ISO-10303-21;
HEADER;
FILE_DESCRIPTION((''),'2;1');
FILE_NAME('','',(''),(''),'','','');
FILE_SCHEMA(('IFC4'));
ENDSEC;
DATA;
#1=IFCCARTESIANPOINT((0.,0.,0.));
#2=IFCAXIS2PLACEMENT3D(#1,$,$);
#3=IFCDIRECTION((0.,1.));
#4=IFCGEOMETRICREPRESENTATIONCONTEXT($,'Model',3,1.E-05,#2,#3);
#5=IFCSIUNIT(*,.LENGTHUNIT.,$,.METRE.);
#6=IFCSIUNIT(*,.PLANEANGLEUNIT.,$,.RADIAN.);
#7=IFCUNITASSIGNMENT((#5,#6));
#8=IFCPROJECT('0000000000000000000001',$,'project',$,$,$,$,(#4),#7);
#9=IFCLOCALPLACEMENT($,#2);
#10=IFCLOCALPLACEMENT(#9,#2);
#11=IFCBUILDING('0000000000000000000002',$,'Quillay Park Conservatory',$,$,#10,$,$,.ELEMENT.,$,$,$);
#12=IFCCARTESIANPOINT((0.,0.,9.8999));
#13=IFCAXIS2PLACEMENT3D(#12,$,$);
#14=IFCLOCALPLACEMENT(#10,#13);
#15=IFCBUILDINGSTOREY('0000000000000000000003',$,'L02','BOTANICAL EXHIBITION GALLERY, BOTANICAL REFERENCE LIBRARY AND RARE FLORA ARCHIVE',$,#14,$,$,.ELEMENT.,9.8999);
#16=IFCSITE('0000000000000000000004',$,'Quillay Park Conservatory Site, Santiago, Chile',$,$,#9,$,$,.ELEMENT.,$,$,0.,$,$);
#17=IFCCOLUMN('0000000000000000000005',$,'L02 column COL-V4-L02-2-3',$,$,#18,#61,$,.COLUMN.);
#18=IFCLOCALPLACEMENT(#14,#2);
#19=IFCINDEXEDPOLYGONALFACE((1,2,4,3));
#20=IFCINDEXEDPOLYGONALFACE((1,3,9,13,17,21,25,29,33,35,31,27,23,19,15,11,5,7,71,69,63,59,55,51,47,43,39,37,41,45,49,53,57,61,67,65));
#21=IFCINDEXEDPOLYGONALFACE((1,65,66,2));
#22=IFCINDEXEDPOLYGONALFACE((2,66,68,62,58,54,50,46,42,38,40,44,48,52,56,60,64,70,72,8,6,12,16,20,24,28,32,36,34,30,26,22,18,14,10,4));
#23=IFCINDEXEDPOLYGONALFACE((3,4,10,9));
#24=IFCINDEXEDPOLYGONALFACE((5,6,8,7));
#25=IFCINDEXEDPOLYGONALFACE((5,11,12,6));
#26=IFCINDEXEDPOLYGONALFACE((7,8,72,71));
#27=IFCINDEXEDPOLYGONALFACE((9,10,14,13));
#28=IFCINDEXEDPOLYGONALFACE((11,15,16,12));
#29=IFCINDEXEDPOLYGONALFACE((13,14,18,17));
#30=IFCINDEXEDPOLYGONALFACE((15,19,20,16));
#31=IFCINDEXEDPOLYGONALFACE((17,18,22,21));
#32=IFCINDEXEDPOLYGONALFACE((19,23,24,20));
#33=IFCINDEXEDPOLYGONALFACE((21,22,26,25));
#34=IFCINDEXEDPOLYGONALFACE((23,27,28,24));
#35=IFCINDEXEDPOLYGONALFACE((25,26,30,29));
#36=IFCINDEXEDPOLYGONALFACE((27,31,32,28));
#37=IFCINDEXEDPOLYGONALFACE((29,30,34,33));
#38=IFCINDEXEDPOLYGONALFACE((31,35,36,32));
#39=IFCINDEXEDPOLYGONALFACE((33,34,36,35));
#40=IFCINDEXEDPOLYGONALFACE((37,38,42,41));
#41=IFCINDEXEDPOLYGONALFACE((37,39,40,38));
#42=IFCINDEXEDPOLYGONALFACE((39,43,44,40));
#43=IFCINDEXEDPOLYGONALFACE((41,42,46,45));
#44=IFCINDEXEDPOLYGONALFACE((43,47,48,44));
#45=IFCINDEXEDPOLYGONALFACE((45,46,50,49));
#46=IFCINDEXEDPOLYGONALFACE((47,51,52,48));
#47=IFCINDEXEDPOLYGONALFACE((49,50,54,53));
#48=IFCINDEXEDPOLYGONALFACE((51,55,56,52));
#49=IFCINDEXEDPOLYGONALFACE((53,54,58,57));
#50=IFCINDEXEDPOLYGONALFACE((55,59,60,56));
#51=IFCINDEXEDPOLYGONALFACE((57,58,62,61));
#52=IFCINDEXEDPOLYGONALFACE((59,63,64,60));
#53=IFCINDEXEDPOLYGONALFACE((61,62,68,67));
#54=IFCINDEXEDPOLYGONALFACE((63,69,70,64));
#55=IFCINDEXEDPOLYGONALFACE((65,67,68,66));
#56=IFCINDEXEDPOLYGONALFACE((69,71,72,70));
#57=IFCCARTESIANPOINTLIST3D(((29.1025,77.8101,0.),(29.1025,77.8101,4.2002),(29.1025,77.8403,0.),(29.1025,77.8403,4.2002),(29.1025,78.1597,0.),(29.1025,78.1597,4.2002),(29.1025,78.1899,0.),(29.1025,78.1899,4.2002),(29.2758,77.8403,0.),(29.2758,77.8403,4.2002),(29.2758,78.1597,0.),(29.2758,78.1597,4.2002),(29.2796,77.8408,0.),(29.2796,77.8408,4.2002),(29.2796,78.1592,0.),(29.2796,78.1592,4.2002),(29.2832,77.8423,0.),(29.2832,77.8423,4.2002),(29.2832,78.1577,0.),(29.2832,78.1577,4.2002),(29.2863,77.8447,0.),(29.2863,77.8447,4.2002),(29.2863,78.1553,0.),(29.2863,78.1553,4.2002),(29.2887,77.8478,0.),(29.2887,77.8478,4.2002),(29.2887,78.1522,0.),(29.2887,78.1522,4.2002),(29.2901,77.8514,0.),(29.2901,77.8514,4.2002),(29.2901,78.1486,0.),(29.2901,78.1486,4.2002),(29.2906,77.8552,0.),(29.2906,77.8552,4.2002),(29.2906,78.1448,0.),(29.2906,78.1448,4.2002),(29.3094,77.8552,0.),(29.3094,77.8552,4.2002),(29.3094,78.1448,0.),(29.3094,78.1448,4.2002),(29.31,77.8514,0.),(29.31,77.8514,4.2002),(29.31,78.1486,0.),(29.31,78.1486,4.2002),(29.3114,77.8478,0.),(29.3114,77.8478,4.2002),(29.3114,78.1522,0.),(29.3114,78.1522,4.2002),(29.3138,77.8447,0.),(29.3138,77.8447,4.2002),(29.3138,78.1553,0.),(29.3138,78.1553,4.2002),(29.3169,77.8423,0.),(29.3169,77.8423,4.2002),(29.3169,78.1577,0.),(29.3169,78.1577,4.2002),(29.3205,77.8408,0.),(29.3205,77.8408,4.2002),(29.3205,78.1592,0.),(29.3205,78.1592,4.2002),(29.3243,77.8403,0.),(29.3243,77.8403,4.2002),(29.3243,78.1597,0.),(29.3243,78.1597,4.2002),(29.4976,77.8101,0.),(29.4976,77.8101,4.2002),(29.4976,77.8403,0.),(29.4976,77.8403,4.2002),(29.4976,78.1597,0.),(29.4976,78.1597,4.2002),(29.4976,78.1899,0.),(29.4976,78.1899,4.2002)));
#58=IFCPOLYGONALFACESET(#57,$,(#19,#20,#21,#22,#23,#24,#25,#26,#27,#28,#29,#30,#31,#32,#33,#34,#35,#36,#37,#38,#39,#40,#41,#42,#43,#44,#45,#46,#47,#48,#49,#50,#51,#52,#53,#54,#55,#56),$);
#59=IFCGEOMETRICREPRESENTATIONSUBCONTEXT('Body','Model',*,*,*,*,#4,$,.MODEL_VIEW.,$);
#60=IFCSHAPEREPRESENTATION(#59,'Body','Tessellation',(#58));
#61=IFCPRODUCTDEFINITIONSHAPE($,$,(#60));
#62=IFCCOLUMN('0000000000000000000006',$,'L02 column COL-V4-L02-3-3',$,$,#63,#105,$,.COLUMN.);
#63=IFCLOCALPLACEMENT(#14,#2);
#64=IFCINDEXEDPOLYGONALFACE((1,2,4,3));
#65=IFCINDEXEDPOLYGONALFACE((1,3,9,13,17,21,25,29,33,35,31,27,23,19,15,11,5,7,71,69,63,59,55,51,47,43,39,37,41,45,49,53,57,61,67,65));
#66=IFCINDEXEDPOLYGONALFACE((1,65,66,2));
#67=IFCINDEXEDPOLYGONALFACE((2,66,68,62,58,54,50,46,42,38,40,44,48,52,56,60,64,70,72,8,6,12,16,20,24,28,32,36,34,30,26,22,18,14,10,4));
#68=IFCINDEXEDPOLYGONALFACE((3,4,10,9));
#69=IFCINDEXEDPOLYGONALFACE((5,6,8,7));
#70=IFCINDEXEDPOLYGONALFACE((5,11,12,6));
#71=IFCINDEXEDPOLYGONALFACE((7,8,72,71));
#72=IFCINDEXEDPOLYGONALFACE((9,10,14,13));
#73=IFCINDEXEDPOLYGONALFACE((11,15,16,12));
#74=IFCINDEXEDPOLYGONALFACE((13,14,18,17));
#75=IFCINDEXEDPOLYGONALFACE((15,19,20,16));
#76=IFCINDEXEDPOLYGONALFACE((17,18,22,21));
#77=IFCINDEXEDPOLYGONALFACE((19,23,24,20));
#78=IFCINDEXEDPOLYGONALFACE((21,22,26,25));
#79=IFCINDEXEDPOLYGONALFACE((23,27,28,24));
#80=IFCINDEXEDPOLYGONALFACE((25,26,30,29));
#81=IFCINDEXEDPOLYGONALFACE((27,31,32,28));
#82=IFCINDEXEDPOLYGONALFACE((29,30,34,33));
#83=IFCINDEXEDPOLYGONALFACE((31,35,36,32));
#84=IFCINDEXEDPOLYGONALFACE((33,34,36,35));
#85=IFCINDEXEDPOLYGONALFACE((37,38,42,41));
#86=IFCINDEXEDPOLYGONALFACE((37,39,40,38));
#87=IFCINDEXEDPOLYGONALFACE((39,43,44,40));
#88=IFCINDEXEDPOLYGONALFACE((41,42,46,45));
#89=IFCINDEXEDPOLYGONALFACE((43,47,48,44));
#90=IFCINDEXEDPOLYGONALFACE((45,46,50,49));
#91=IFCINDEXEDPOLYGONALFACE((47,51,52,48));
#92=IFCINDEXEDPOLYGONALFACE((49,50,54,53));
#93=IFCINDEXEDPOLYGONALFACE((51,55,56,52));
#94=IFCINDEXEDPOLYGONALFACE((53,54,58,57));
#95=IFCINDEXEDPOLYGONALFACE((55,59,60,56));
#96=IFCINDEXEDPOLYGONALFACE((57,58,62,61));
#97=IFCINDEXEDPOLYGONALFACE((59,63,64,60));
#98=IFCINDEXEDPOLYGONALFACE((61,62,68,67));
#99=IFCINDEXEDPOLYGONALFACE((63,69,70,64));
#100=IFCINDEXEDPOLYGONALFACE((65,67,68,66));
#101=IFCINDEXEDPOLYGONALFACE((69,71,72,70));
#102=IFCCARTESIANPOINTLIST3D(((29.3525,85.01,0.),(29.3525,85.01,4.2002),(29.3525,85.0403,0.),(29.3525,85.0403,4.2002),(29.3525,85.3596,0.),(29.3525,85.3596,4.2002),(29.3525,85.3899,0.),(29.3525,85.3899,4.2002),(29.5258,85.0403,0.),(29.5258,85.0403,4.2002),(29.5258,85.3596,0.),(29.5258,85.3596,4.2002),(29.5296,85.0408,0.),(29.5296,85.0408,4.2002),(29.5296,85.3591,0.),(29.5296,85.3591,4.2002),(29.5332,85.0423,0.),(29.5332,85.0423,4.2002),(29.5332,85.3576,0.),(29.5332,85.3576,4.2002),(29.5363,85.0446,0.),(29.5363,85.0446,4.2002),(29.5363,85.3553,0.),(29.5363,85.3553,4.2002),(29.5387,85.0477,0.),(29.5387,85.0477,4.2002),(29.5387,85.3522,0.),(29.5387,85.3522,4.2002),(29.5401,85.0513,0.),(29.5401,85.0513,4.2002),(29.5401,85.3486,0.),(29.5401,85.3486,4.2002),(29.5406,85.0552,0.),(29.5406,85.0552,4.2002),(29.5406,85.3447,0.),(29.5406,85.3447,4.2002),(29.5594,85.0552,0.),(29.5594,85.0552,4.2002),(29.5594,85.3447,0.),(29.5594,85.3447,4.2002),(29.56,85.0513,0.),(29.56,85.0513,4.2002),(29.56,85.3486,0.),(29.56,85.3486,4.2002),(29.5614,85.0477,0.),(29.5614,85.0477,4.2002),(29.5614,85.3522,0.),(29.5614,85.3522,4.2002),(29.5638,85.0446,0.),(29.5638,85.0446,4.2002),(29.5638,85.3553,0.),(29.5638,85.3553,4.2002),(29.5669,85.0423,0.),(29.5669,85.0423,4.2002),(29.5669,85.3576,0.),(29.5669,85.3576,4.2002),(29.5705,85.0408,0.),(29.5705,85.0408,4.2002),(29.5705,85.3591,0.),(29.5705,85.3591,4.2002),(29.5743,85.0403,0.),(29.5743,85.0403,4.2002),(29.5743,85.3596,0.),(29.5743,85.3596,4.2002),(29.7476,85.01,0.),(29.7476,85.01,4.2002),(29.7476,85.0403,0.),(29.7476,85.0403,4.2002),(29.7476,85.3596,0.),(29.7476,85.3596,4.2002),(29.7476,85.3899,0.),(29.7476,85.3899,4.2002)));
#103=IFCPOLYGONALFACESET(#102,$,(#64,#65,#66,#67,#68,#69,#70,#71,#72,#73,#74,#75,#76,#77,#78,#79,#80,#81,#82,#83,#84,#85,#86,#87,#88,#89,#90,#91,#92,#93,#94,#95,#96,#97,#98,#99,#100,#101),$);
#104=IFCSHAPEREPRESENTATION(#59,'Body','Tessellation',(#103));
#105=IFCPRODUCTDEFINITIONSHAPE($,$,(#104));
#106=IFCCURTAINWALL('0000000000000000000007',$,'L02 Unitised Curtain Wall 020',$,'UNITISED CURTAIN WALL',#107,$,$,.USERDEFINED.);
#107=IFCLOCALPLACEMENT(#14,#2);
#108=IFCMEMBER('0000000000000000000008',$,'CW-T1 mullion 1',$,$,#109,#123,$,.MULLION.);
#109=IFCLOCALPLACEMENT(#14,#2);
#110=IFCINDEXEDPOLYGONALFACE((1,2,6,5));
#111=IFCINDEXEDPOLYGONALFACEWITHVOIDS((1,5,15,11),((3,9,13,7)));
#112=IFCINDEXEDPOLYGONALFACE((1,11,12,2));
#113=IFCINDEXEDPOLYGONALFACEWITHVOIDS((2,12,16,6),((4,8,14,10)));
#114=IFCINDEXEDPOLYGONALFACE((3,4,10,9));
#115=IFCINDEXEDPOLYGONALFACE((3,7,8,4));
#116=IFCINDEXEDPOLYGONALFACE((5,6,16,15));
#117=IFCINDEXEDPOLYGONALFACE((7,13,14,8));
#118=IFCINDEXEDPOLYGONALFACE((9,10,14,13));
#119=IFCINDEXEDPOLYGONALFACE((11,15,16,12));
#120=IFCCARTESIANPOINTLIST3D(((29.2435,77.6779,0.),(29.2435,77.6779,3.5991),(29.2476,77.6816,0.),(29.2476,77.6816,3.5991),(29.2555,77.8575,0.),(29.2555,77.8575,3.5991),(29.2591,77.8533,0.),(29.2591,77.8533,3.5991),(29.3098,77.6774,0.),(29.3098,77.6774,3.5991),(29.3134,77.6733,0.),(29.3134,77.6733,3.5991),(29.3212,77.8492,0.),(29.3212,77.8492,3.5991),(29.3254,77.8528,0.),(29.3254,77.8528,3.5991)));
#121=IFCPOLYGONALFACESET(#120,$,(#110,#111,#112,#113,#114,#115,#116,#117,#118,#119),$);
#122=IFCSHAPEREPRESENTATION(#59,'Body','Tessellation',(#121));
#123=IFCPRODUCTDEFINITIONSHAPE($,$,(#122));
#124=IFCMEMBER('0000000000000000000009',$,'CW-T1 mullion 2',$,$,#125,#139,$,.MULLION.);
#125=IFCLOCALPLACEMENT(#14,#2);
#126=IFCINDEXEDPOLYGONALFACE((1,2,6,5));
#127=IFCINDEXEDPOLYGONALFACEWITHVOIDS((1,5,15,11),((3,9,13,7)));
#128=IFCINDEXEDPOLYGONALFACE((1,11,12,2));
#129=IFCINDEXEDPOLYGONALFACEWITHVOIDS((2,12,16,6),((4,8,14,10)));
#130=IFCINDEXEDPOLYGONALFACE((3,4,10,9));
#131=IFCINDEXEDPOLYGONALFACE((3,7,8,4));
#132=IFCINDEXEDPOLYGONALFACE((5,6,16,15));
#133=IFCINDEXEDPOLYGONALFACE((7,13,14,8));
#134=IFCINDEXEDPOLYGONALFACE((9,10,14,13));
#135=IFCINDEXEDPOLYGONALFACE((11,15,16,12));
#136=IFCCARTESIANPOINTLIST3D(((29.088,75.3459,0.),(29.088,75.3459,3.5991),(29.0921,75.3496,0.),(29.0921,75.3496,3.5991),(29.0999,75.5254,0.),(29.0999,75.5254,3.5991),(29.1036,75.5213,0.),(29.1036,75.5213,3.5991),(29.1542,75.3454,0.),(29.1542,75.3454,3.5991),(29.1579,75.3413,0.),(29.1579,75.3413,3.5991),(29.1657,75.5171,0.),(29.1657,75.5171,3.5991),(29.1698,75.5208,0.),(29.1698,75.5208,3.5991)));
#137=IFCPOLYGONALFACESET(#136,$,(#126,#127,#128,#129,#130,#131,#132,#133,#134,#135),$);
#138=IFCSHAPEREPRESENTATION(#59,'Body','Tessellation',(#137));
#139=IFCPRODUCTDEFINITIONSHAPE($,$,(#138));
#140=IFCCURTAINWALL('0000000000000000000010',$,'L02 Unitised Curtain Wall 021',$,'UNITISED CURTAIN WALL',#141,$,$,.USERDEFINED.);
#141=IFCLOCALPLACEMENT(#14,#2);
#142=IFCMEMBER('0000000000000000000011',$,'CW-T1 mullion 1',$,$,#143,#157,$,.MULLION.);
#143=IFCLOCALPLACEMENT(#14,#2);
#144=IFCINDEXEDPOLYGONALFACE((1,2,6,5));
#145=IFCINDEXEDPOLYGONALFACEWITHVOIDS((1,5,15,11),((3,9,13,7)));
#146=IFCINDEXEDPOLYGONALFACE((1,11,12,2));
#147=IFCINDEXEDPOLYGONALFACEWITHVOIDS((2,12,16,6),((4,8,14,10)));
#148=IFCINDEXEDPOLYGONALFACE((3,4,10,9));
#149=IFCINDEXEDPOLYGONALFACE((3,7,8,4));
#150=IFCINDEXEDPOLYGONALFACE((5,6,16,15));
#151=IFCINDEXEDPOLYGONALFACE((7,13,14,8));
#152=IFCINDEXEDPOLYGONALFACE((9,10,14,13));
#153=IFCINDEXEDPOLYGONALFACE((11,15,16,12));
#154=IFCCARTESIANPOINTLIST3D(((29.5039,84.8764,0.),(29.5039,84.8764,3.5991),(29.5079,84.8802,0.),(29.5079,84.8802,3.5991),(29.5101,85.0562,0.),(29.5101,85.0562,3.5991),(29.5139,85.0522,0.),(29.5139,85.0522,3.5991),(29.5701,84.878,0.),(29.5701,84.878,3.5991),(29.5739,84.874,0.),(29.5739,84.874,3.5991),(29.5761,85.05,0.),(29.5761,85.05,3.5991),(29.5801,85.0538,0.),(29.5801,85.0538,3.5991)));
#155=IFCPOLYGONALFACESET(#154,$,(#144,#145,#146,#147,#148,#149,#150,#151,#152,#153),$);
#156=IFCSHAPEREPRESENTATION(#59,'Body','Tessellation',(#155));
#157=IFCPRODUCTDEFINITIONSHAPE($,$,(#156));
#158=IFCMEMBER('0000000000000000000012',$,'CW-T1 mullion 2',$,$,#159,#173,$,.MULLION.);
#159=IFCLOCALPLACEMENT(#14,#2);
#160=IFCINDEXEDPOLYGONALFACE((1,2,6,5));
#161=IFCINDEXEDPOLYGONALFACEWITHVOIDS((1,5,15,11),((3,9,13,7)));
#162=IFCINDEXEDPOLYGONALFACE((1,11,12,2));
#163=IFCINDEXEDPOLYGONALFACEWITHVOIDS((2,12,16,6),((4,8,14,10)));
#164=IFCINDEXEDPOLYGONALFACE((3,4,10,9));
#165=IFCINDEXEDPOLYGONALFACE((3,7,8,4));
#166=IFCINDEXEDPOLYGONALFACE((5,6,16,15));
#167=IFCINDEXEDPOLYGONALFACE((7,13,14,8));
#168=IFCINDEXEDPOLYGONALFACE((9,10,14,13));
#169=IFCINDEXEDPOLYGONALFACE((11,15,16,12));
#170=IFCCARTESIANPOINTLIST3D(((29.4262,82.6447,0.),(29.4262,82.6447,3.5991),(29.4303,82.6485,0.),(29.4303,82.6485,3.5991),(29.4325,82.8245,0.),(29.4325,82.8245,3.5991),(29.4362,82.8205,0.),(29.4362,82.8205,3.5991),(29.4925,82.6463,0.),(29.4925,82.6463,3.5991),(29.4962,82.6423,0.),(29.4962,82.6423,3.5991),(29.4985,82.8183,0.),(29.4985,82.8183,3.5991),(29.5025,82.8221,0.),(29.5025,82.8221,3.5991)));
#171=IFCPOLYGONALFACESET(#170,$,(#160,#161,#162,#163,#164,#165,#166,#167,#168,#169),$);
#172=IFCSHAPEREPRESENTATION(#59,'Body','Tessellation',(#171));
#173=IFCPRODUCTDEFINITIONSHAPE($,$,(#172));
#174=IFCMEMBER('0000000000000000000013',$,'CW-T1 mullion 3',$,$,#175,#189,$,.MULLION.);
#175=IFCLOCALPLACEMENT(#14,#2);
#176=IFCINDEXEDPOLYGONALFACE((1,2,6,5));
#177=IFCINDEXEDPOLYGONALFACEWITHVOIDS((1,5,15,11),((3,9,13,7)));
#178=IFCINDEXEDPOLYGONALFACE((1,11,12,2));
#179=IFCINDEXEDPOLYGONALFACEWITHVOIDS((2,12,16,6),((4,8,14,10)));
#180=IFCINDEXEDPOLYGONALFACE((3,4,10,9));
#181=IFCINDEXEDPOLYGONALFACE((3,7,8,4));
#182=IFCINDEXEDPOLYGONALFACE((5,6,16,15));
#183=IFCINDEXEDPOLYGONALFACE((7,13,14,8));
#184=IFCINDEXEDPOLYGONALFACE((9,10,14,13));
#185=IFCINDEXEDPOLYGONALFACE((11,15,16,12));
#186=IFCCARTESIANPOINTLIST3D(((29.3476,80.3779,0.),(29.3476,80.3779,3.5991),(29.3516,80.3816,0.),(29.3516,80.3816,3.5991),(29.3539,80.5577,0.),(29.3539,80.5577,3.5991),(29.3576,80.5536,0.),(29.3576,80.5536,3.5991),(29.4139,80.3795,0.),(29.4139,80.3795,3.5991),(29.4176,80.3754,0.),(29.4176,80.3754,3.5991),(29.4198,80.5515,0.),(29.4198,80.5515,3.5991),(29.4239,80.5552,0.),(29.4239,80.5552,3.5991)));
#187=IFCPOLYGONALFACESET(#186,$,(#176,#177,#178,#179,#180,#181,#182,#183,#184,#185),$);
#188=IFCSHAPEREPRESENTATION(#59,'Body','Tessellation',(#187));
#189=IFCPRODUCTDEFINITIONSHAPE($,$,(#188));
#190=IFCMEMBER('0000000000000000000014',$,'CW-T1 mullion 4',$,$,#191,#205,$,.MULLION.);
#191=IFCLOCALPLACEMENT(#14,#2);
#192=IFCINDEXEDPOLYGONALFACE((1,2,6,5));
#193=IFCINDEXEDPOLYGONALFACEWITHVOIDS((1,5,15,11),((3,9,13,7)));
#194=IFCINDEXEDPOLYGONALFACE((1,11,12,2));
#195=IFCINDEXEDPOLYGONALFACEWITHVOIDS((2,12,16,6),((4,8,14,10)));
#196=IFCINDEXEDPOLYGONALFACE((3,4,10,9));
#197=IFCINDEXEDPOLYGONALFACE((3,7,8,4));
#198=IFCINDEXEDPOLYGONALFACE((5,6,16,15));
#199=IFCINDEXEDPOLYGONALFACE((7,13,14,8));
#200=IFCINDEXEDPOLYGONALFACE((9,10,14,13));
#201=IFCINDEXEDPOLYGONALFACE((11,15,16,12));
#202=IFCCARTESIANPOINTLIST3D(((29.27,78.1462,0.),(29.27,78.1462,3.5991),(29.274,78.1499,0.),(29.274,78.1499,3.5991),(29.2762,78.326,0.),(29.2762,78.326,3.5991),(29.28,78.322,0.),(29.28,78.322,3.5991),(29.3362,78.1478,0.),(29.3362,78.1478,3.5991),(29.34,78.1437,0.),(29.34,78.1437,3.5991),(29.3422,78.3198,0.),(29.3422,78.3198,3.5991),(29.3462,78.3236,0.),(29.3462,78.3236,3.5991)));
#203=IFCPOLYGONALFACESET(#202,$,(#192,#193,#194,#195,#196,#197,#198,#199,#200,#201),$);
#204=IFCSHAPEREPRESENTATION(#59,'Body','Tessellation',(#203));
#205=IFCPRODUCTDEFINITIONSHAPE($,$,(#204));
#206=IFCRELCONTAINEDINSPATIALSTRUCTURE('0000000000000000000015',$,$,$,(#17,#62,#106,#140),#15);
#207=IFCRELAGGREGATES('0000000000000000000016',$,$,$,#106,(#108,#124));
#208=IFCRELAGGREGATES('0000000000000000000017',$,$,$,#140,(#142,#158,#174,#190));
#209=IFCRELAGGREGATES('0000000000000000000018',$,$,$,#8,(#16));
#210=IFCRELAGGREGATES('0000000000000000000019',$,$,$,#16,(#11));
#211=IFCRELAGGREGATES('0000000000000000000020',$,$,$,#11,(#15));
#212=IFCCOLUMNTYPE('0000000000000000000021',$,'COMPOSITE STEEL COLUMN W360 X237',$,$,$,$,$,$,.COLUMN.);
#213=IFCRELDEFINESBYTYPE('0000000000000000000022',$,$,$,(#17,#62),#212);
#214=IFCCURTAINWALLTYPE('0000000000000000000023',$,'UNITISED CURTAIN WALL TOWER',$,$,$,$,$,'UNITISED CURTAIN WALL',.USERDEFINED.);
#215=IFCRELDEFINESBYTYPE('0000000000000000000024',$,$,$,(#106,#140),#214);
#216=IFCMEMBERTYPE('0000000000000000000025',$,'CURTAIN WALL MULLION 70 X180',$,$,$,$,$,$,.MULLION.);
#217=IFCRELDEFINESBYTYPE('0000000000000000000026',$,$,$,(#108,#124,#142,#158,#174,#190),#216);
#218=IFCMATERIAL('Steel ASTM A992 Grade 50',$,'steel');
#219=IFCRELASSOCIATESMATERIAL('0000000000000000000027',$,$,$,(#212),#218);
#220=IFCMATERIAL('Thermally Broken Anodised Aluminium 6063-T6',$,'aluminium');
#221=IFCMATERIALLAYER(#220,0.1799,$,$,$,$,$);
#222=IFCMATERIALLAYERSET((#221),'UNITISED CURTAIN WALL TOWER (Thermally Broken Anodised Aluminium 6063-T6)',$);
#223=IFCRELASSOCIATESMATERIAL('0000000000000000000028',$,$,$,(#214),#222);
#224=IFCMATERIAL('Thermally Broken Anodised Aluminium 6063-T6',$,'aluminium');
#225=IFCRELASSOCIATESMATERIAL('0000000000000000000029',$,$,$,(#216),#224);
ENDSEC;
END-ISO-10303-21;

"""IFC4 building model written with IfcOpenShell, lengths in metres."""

from ifc_helpers import new_model, si_unit, direction, frame, origin, origin_2d, place, context, subcontext, project, spatial, hollow_rectangle, i_section, extrude, material, layer, layer_set, material_profile, profile_set, type_object, element, aggregate, save


model = new_model("IFC4")

# Units and contexts
model_context = context("Model", 3, precision=1e-05, world=origin(), true_north=direction((0.0, 1.0)))
body_context = subcontext(model_context, "Body", "Model", "MODEL_VIEW")
ifc_project = project(units=[si_unit("LENGTHUNIT", "METRE"), si_unit("PLANEANGLEUNIT", "RADIAN")], contexts=[model_context])

# Site, building, storey
site_placement = place(None, origin())
site = spatial("IfcSite", under=ifc_project, at=site_placement, Name="Quillay Park Conservatory Site, Santiago, Chile", CompositionType="ELEMENT", RefElevation=0.0)
building_placement = place(site_placement, origin())
building = spatial("IfcBuilding", under=site, at=building_placement, Name="Quillay Park Conservatory", CompositionType="ELEMENT")
storey_placement = place(building_placement, frame((0.0, 0.0, 9.8999)))
storey = spatial("IfcBuildingStorey", under=building, at=storey_placement, Name="L02", Description="BOTANICAL EXHIBITION GALLERY, BOTANICAL REFERENCE LIBRARY AND RARE FLORA ARCHIVE", CompositionType="ELEMENT", Elevation=9.8999)

# Columns
ifc_material_1 = material(Name="Steel ASTM A992 Grade 50", Category="steel")
ifc_material_profile_1 = material_profile(ifc_material_1, i_section(OverallWidth=0.395, OverallDepth=0.3799, WebThickness=0.0188, FlangeThickness=0.0303, FilletRadius=0.0149, at=origin_2d()), Name="W360x237")
ifc_profile_set_1 = profile_set([ifc_material_profile_1], Name="Steel ASTM A992 Grade 50")
column_type = type_object("IfcColumnType", Name="COMPOSITE STEEL COLUMN W360 X237", PredefinedType="COLUMN", material=ifc_profile_set_1)
for number, where, z_axis, x_axis, name in (
    (1, (29.3, 78.0, 0.0), (0.0, 0.0, 1.0), (1.0, 0.0, 0.0), "L02 column COL-V4-L02-2-3"),
    (2, (29.55, 85.2, 0.0), (0.0, 0.0, 1.0), (1.0, 0.0, 0.0), "L02 column COL-V4-L02-3-3"),
):
    element("IfcColumn", number, at=place(storey_placement, frame(where, z_axis=z_axis, x_axis=x_axis)), inside=storey, type_object=column_type, Name=name, PredefinedType="COLUMN", context=body_context, shape_type="SweptSolid", body=[
        extrude(i_section(OverallWidth=0.395, OverallDepth=0.3799, WebThickness=0.0188, FlangeThickness=0.0303, FilletRadius=0.0149, at=origin_2d()), origin(), (0.0, 0.0, 1.0), 4.2002),
    ])

# Curtain walls, members
ifc_material_2 = material(Name="Thermally Broken Anodised Aluminium 6063-T6", Category="aluminium")
ifc_layer_1 = layer(ifc_material_2, 0.1799)
ifc_layer_set_1 = layer_set([ifc_layer_1], Name="UNITISED CURTAIN WALL TOWER (Thermally Broken Anodised Aluminium 6063-T6)")
curtain_wall_type = type_object("IfcCurtainWallType", Name="UNITISED CURTAIN WALL TOWER", ElementType="UNITISED CURTAIN WALL", PredefinedType="USERDEFINED", material=ifc_layer_set_1)
curtain_wall_1_placement = place(storey_placement, origin())
curtain_wall_1 = element("IfcCurtainWall", 3, at=curtain_wall_1_placement, inside=storey, type_object=curtain_wall_type, Name="L02 Unitised Curtain Wall 020", ObjectType="UNITISED CURTAIN WALL", PredefinedType="USERDEFINED")
ifc_material_3 = material(Name="Thermally Broken Anodised Aluminium 6063-T6", Category="aluminium")
ifc_material_profile_2 = material_profile(ifc_material_3, hollow_rectangle(XDim=0.0701, YDim=0.1799, WallThickness=0.0039, at=origin_2d()), Name="AL70x180x4")
ifc_profile_set_2 = profile_set([ifc_material_profile_2], Name="Thermally Broken Anodised Aluminium 6063-T6")
member_type_1 = type_object("IfcMemberType", Name="CURTAIN WALL MULLION 70 X180", PredefinedType="MULLION", material=ifc_profile_set_2)
member_1_placement = place(storey_placement, frame((29.2844, 77.7654, 0.0), z_axis=(0.0, 0.0, 1.0), x_axis=(0.997785, -0.066521, 0.0)))
member_1 = element("IfcMember", 4, at=member_1_placement, type_object=member_type_1, Name="CW-T1 mullion 1", PredefinedType="MULLION", context=body_context, shape_type="SweptSolid", body=[
    extrude(hollow_rectangle(XDim=0.0701, YDim=0.1799, WallThickness=0.0039, at=origin_2d()), origin(), (0.0, 0.0, 1.0), 3.5991),
])
member_2_placement = place(storey_placement, frame((29.1289, 75.4333, 0.0), z_axis=(0.0, 0.0, 1.0), x_axis=(0.997785, -0.066521, 0.0)))
member_2 = element("IfcMember", 5, at=member_2_placement, type_object=member_type_1, Name="CW-T1 mullion 2", PredefinedType="MULLION", context=body_context, shape_type="SweptSolid", body=[
    extrude(hollow_rectangle(XDim=0.0701, YDim=0.1799, WallThickness=0.0039, at=origin_2d()), origin(), (0.0, 0.0, 1.0), 3.5991),
])
curtain_wall_2_placement = place(storey_placement, origin())
curtain_wall_2 = element("IfcCurtainWall", 6, at=curtain_wall_2_placement, inside=storey, type_object=curtain_wall_type, Name="L02 Unitised Curtain Wall 021", ObjectType="UNITISED CURTAIN WALL", PredefinedType="USERDEFINED")
member_3_placement = place(storey_placement, frame((29.542, 84.9651, 0.0), z_axis=(0.0, 0.0, 1.0), x_axis=(0.999397, -0.034713, 0.0)))
member_3 = element("IfcMember", 7, at=member_3_placement, type_object=member_type_1, Name="CW-T1 mullion 1", PredefinedType="MULLION", context=body_context, shape_type="SweptSolid", body=[
    extrude(hollow_rectangle(XDim=0.0701, YDim=0.1799, WallThickness=0.0039, at=origin_2d()), origin(), (0.0, 0.0, 1.0), 3.5991),
])
member_4_placement = place(storey_placement, frame((29.4644, 82.7334, 0.0), z_axis=(0.0, 0.0, 1.0), x_axis=(0.999397, -0.034713, 0.0)))
member_4 = element("IfcMember", 8, at=member_4_placement, type_object=member_type_1, Name="CW-T1 mullion 2", PredefinedType="MULLION", context=body_context, shape_type="SweptSolid", body=[
    extrude(hollow_rectangle(XDim=0.0701, YDim=0.1799, WallThickness=0.0039, at=origin_2d()), origin(), (0.0, 0.0, 1.0), 3.5991),
])
member_5_placement = place(storey_placement, frame((29.3857, 80.4666, 0.0), z_axis=(0.0, 0.0, 1.0), x_axis=(0.999397, -0.034713, 0.0)))
member_5 = element("IfcMember", 9, at=member_5_placement, type_object=member_type_1, Name="CW-T1 mullion 3", PredefinedType="MULLION", context=body_context, shape_type="SweptSolid", body=[
    extrude(hollow_rectangle(XDim=0.0701, YDim=0.1799, WallThickness=0.0039, at=origin_2d()), origin(), (0.0, 0.0, 1.0), 3.5991),
])
member_6_placement = place(storey_placement, frame((29.3081, 78.2349, 0.0), z_axis=(0.0, 0.0, 1.0), x_axis=(0.999397, -0.034713, 0.0)))
member_6 = element("IfcMember", 10, at=member_6_placement, type_object=member_type_1, Name="CW-T1 mullion 4", PredefinedType="MULLION", context=body_context, shape_type="SweptSolid", body=[
    extrude(hollow_rectangle(XDim=0.0701, YDim=0.1799, WallThickness=0.0039, at=origin_2d()), origin(), (0.0, 0.0, 1.0), 3.5991),
])

aggregate(curtain_wall_1, [member_1, member_2])
aggregate(curtain_wall_2, [member_3, member_4, member_5, member_6])

save(model, "model.ifc")
